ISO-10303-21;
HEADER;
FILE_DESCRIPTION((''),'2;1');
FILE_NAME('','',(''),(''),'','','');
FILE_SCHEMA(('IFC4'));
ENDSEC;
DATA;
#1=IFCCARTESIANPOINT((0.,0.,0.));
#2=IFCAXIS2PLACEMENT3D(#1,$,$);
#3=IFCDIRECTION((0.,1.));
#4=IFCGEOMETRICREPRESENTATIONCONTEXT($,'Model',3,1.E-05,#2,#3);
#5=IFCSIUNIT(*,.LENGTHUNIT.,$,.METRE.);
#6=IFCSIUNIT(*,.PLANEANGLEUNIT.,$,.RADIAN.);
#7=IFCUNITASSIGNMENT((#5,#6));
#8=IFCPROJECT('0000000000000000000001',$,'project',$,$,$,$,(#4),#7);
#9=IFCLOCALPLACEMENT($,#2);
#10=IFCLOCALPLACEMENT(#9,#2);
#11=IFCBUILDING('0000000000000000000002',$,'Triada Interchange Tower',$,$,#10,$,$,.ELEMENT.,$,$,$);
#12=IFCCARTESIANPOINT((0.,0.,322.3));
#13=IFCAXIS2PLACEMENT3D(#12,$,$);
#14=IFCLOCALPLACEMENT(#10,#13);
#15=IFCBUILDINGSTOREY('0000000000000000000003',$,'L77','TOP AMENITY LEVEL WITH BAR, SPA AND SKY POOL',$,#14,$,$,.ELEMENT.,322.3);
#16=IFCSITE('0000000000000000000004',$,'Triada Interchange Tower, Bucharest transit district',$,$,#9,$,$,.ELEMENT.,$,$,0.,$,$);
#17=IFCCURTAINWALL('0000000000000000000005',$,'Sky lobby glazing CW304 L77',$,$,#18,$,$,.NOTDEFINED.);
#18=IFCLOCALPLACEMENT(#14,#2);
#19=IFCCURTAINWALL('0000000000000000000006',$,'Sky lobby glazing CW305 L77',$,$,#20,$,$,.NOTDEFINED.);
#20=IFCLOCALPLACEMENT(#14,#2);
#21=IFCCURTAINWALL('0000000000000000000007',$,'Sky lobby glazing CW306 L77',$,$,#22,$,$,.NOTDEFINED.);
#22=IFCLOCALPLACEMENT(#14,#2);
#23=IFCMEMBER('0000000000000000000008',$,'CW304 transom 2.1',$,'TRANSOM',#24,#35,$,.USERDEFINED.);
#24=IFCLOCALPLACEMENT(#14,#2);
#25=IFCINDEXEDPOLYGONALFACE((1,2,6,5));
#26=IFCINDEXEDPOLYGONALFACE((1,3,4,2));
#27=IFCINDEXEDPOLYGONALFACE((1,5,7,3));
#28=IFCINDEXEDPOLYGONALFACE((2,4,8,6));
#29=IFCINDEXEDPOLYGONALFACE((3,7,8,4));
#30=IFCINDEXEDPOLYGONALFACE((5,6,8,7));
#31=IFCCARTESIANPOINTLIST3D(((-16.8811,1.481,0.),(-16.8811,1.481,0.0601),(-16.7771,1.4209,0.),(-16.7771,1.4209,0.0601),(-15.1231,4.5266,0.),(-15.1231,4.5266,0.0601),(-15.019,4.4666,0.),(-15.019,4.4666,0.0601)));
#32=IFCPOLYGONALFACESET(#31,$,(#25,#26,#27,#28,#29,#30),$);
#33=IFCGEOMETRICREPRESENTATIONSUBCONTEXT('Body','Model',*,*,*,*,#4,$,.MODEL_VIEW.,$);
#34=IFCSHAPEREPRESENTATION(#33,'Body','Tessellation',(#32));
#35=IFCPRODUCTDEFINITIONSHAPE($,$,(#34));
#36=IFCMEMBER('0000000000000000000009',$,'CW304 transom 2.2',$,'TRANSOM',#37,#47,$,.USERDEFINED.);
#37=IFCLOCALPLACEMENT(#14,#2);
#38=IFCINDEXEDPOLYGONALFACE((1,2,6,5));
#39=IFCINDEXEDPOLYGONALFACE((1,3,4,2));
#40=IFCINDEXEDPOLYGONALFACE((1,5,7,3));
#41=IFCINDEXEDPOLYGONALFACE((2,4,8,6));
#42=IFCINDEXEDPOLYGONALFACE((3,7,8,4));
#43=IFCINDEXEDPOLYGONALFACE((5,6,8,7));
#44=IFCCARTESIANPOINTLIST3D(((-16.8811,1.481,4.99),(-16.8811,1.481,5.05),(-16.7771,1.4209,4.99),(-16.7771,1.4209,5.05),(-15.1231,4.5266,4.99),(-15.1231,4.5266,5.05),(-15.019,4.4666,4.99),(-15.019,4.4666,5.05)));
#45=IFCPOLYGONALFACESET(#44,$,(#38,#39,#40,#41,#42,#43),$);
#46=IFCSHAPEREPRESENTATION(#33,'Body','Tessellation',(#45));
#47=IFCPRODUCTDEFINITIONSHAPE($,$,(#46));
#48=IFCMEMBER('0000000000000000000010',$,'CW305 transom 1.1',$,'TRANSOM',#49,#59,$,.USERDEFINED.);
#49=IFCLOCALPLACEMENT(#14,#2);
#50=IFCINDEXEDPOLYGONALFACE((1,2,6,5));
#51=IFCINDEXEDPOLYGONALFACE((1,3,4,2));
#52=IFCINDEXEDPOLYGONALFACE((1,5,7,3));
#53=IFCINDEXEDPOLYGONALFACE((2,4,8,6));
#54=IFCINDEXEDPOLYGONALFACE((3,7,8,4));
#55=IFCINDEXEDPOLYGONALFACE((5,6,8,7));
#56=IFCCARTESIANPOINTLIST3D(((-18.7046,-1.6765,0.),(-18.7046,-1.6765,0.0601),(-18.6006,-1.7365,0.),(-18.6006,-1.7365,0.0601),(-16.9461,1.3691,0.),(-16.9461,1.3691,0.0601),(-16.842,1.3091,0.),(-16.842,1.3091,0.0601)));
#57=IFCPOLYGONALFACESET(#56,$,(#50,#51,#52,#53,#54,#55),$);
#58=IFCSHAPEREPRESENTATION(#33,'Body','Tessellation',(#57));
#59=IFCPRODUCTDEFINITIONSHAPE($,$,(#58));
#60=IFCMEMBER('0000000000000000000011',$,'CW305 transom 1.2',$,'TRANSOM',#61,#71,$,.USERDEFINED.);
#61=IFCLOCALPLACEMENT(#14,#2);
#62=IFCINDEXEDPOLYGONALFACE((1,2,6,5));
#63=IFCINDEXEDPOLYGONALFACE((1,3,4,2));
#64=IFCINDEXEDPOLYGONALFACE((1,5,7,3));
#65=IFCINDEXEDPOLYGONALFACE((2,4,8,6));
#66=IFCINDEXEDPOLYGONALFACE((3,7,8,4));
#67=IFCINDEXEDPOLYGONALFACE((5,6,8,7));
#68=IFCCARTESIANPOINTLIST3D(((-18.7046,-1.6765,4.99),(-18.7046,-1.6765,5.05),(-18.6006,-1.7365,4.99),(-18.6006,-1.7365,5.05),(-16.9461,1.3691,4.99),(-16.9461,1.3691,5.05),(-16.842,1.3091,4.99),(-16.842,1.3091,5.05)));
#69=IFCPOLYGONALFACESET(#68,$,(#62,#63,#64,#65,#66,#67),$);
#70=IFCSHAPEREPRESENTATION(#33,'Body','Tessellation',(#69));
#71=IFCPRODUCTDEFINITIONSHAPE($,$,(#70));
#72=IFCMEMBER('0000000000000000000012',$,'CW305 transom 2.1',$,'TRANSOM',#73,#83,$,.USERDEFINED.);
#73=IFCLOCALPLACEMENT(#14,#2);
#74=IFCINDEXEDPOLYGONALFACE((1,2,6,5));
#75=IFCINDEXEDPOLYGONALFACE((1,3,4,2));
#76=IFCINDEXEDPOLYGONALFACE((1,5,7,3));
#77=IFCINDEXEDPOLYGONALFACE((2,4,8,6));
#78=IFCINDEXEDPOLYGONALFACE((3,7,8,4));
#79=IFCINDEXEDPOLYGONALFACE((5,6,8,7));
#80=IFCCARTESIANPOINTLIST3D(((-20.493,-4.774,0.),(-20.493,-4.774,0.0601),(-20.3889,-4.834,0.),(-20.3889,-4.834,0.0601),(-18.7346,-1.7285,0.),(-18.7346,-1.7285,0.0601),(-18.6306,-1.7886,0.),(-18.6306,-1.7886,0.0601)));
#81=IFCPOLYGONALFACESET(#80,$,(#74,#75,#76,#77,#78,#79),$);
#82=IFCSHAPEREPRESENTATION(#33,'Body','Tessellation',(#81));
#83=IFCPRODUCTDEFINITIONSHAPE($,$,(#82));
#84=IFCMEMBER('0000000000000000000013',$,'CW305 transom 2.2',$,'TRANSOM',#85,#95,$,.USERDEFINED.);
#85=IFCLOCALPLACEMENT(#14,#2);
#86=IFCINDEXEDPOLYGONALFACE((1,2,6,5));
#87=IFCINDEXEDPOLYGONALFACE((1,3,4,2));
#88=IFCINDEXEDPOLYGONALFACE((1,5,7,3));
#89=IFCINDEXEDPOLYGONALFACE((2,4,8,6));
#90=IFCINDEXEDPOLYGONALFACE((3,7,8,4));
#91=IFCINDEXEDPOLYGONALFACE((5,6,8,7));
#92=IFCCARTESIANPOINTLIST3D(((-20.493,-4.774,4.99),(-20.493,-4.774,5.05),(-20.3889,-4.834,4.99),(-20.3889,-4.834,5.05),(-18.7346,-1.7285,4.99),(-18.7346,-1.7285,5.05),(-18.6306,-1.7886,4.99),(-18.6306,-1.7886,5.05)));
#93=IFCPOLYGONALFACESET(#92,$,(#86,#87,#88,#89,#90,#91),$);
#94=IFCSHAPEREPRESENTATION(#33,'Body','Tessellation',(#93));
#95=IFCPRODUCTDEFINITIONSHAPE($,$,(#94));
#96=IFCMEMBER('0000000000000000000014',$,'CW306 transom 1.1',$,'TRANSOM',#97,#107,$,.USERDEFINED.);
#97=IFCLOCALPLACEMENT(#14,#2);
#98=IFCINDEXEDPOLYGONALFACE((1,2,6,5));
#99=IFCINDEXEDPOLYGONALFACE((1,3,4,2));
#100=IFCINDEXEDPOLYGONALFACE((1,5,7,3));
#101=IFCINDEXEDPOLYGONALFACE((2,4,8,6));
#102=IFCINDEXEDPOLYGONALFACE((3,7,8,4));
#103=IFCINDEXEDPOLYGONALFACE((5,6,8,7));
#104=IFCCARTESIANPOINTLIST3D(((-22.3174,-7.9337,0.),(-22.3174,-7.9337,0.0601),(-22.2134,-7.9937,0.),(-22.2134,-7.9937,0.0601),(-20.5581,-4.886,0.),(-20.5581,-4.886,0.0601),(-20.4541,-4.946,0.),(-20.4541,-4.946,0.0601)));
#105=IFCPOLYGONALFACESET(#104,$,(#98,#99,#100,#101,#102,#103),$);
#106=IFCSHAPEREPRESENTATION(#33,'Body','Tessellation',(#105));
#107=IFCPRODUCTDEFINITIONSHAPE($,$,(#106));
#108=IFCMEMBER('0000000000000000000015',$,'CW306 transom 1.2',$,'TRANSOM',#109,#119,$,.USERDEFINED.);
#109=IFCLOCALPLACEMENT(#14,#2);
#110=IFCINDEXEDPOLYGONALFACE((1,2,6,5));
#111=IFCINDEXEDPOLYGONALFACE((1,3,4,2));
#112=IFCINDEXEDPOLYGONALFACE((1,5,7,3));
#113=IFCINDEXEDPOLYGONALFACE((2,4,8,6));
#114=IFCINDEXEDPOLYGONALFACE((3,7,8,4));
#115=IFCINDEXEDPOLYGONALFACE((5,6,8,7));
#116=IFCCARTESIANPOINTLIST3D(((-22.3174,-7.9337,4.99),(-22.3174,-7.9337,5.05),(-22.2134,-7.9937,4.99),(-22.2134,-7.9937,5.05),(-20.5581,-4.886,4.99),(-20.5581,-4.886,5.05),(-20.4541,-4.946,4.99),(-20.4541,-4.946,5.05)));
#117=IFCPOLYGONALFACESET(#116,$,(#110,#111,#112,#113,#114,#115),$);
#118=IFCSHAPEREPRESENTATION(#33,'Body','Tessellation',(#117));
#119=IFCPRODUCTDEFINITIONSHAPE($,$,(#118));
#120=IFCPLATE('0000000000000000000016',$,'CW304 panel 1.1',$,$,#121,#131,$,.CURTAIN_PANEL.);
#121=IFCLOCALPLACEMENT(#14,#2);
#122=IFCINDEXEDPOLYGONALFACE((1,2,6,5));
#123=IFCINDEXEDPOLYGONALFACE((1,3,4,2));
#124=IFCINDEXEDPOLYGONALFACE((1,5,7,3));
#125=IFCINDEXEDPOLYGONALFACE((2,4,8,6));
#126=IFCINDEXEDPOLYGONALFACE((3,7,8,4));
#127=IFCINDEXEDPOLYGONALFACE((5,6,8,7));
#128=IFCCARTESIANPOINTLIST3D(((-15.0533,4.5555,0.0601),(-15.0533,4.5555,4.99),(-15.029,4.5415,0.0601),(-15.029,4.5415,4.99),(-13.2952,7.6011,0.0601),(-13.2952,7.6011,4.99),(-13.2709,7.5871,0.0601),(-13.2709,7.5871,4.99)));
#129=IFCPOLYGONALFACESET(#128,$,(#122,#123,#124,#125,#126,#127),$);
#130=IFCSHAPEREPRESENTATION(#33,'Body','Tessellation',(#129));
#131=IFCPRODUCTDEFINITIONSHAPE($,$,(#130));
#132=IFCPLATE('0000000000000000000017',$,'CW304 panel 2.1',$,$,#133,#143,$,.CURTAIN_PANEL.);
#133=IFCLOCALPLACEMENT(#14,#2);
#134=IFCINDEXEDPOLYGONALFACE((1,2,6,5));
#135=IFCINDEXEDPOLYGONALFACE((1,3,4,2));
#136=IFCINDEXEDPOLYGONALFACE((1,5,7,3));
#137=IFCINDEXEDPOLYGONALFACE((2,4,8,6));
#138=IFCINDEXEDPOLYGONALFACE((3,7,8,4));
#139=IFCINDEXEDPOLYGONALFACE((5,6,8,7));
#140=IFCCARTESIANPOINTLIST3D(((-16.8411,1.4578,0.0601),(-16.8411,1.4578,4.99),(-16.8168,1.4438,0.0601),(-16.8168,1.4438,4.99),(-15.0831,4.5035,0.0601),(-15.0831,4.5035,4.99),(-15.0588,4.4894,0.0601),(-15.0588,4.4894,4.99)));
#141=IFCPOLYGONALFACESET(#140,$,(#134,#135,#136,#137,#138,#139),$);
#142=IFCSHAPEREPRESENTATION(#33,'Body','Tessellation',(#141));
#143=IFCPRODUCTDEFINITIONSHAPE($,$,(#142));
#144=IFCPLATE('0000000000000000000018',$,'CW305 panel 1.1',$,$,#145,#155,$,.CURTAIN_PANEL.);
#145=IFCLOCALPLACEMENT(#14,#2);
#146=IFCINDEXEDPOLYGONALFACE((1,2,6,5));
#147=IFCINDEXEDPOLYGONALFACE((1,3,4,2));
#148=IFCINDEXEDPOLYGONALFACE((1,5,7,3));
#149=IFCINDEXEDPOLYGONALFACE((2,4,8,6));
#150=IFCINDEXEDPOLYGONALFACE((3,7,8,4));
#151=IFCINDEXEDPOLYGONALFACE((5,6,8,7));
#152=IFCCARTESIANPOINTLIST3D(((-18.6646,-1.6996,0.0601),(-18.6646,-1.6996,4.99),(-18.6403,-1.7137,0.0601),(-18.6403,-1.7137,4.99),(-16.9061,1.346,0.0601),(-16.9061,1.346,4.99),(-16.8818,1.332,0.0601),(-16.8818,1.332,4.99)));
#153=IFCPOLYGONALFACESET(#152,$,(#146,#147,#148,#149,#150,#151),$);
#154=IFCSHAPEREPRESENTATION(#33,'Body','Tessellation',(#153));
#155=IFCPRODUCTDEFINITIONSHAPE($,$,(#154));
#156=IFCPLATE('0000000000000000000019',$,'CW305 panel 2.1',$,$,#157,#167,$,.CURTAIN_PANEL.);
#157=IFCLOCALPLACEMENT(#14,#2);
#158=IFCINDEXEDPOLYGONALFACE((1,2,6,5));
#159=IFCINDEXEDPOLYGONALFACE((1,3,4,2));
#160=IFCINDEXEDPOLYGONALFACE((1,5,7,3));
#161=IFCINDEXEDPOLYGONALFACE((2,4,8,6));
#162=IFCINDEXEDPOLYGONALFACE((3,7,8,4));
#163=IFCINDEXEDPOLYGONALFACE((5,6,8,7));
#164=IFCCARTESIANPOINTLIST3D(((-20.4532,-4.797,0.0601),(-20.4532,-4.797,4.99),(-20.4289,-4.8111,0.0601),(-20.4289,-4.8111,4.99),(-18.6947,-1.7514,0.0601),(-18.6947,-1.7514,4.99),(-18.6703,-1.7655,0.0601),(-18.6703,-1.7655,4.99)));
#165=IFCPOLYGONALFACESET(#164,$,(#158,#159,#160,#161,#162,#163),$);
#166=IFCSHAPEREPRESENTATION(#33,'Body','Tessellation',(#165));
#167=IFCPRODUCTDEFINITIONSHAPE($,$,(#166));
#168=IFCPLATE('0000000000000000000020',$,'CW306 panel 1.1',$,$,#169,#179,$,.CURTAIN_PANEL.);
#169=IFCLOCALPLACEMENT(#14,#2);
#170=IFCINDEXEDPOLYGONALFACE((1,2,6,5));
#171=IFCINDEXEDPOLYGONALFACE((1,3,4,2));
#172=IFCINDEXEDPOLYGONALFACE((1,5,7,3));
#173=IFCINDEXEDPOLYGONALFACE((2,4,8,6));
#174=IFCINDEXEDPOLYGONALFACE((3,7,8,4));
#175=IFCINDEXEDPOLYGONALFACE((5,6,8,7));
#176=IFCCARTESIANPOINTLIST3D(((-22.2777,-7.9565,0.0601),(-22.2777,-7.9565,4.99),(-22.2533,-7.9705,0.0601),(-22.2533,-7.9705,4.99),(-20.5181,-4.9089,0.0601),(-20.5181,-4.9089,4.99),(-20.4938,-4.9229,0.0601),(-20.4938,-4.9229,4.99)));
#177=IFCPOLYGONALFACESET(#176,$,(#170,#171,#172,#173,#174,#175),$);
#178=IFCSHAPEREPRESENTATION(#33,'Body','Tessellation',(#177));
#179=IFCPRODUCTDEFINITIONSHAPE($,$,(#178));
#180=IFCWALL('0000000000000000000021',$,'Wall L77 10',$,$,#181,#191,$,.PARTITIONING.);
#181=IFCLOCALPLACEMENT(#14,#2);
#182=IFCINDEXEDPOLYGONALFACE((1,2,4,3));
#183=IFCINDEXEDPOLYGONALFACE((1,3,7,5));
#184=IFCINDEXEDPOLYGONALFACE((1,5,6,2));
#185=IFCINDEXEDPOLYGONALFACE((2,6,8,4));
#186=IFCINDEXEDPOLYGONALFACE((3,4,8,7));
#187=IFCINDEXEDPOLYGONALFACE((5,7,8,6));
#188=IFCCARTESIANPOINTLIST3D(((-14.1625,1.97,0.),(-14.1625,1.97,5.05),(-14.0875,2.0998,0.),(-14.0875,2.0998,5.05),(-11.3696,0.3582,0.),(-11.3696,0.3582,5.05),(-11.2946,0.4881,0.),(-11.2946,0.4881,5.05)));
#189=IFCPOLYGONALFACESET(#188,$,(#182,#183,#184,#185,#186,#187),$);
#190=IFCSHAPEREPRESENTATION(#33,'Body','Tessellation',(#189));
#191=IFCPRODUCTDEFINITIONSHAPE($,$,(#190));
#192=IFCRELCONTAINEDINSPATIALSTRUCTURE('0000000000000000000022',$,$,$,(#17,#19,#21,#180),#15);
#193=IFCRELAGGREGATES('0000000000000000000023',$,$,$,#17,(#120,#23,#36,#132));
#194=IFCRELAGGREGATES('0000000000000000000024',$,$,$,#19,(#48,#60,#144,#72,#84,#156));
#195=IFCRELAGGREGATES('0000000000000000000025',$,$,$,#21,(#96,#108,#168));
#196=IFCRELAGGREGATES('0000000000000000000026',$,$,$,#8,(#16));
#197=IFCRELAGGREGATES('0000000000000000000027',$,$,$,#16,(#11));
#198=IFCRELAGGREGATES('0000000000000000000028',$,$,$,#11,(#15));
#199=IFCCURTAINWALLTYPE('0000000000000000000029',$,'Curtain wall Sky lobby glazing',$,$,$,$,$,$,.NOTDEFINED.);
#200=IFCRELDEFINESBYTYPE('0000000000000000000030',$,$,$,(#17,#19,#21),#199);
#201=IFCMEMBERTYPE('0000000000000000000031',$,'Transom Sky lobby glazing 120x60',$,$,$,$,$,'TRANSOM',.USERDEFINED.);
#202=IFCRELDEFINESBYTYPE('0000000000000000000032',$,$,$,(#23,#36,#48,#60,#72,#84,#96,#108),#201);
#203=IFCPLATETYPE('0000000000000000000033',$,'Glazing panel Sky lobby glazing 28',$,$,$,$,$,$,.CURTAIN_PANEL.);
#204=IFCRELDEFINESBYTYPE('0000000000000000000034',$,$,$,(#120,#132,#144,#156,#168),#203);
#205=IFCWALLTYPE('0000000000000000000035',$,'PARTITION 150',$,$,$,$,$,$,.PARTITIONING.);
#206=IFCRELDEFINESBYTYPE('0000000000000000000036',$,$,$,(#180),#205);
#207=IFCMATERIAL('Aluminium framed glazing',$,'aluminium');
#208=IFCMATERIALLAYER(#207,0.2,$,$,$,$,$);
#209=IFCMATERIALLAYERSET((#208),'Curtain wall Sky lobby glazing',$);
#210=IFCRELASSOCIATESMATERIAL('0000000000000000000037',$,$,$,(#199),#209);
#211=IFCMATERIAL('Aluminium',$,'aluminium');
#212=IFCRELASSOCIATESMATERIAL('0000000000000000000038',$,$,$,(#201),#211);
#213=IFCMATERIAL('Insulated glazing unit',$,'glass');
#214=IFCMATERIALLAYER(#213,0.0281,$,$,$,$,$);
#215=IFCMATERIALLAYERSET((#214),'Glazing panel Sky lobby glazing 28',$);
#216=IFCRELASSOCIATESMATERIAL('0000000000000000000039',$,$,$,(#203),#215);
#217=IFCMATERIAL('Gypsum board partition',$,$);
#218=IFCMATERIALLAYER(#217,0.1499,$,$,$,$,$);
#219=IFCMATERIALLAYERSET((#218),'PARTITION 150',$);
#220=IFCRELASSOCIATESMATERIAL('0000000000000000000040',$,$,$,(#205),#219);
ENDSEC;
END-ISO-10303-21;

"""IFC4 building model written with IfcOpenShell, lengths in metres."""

from ifc_helpers import new_model, si_unit, direction, frame, frame_2d, origin, origin_2d, place, context, subcontext, project, spatial, rectangle, extrude, material, layer, layer_set, material_profile, profile_set, type_object, element, aggregate, save


model = new_model("IFC4")

# Units and contexts
model_context = context("Model", 3, precision=1e-05, world=origin(), true_north=direction((0.0, 1.0)))
body_context = subcontext(model_context, "Body", "Model", "MODEL_VIEW")
ifc_project = project(units=[si_unit("LENGTHUNIT", "METRE"), si_unit("PLANEANGLEUNIT", "RADIAN")], contexts=[model_context])

# Site, building, storey
site_placement = place(None, origin())
site = spatial("IfcSite", under=ifc_project, at=site_placement, Name="Triada Interchange Tower, Bucharest transit district", CompositionType="ELEMENT", RefElevation=0.0)
building_placement = place(site_placement, origin())
building = spatial("IfcBuilding", under=site, at=building_placement, Name="Triada Interchange Tower", CompositionType="ELEMENT")
storey_placement = place(building_placement, frame((0.0, 0.0, 322.3)))
storey = spatial("IfcBuildingStorey", under=building, at=storey_placement, Name="L77", Description="TOP AMENITY LEVEL WITH BAR, SPA AND SKY POOL", CompositionType="ELEMENT", Elevation=322.3)

# Curtain walls
ifc_material_1 = material(Name="Aluminium framed glazing", Category="aluminium")
ifc_layer_1 = layer(ifc_material_1, 0.2)
ifc_layer_set_1 = layer_set([ifc_layer_1], Name="Curtain wall Sky lobby glazing")
curtain_wall_type = type_object("IfcCurtainWallType", Name="Curtain wall Sky lobby glazing", PredefinedType="NOTDEFINED", material=ifc_layer_set_1)
curtain_wall_1_placement = place(storey_placement, origin())
curtain_wall_1 = element("IfcCurtainWall", 1, at=curtain_wall_1_placement, inside=storey, type_object=curtain_wall_type, Name="Sky lobby glazing CW304 L77", PredefinedType="NOTDEFINED")
ifc_material_2 = material(Name="Aluminium", Category="aluminium")
curtain_wall_2_placement = place(storey_placement, origin())
curtain_wall_2 = element("IfcCurtainWall", 2, at=curtain_wall_2_placement, inside=storey, type_object=curtain_wall_type, Name="Sky lobby glazing CW305 L77", PredefinedType="NOTDEFINED")

# Curtain wall
curtain_wall_3_placement = place(storey_placement, origin())
curtain_wall_3 = element("IfcCurtainWall", 3, at=curtain_wall_3_placement, inside=storey, type_object=curtain_wall_type, Name="Sky lobby glazing CW306 L77", PredefinedType="NOTDEFINED")

# Members
ifc_material_profile_1 = material_profile(ifc_material_2, rectangle(XDim=0.1201, YDim=0.0601, at=origin_2d()), Name="Aluminium transom")
ifc_profile_set_1 = profile_set([ifc_material_profile_1], Name="Aluminium")
member_type_1 = type_object("IfcMemberType", Name="Transom Sky lobby glazing 120x60", ElementType="TRANSOM", PredefinedType="USERDEFINED", material=ifc_profile_set_1)
member_1_placement = place(storey_placement, frame((-15.071, 4.4966, 0.03), z_axis=(-0.499925, -0.866069, 0.0), x_axis=(0.866069, -0.499925, 0.0)))
member_1 = element("IfcMember", 4, at=member_1_placement, type_object=member_type_1, Name="CW304 transom 2.1", ObjectType="TRANSOM", PredefinedType="USERDEFINED", context=body_context, shape_type="SweptSolid", body=[
    extrude(rectangle(XDim=0.1201, YDim=0.0601, at=origin_2d()), origin(), (0.0, 0.0, 1.0), 3.5166),
])
member_2_placement = place(storey_placement, frame((-15.071, 4.4966, 5.02), z_axis=(-0.499925, -0.866069, 0.0), x_axis=(0.866069, -0.499925, 0.0)))
member_2 = element("IfcMember", 5, at=member_2_placement, type_object=member_type_1, Name="CW304 transom 2.2", ObjectType="TRANSOM", PredefinedType="USERDEFINED", context=body_context, shape_type="SweptSolid", body=[
    extrude(rectangle(XDim=0.1201, YDim=0.0601, at=origin_2d()), origin(), (0.0, 0.0, 1.0), 3.5166),
])
member_3_placement = place(storey_placement, frame((-16.894, 1.3391, 0.03), z_axis=(-0.500029, -0.866009, 0.0), x_axis=(0.866009, -0.500029, 0.0)))
member_3 = element("IfcMember", 6, at=member_3_placement, type_object=member_type_1, Name="CW305 transom 1.1", ObjectType="TRANSOM", PredefinedType="USERDEFINED", context=body_context, shape_type="SweptSolid", body=[
    extrude(rectangle(XDim=0.1201, YDim=0.0601, at=origin_2d()), origin(), (0.0, 0.0, 1.0), 3.5168),
])
member_4_placement = place(storey_placement, frame((-16.894, 1.3391, 5.02), z_axis=(-0.500029, -0.866009, 0.0), x_axis=(0.866009, -0.500029, 0.0)))
member_4 = element("IfcMember", 7, at=member_4_placement, type_object=member_type_1, Name="CW305 transom 1.2", ObjectType="TRANSOM", PredefinedType="USERDEFINED", context=body_context, shape_type="SweptSolid", body=[
    extrude(rectangle(XDim=0.1201, YDim=0.0601, at=origin_2d()), origin(), (0.0, 0.0, 1.0), 3.5168),
])
member_5_placement = place(storey_placement, frame((-18.6826, -1.7585, 0.03), z_axis=(-0.500007, -0.866021, 0.0), x_axis=(0.866021, -0.500007, 0.0)))
member_5 = element("IfcMember", 8, at=member_5_placement, type_object=member_type_1, Name="CW305 transom 2.1", ObjectType="TRANSOM", PredefinedType="USERDEFINED", context=body_context, shape_type="SweptSolid", body=[
    extrude(rectangle(XDim=0.1201, YDim=0.0601, at=origin_2d()), origin(), (0.0, 0.0, 1.0), 3.5166),
])
member_6_placement = place(storey_placement, frame((-18.6826, -1.7585, 5.02), z_axis=(-0.500007, -0.866021, 0.0), x_axis=(0.866021, -0.500007, 0.0)))
member_6 = element("IfcMember", 9, at=member_6_placement, type_object=member_type_1, Name="CW305 transom 2.2", ObjectType="TRANSOM", PredefinedType="USERDEFINED", context=body_context, shape_type="SweptSolid", body=[
    extrude(rectangle(XDim=0.1201, YDim=0.0601, at=origin_2d()), origin(), (0.0, 0.0, 1.0), 3.5166),
])
member_7_placement = place(storey_placement, frame((-20.5061, -4.916, 0.03), z_axis=(-0.499945, -0.866057, 0.0), x_axis=(0.866057, -0.499945, 0.0)))
member_7 = element("IfcMember", 10, at=member_7_placement, type_object=member_type_1, Name="CW306 transom 1.1", ObjectType="TRANSOM", PredefinedType="USERDEFINED", context=body_context, shape_type="SweptSolid", body=[
    extrude(rectangle(XDim=0.1201, YDim=0.0601, at=origin_2d()), origin(), (0.0, 0.0, 1.0), 3.519),
])
member_8_placement = place(storey_placement, frame((-20.5061, -4.916, 5.02), z_axis=(-0.499945, -0.866057, 0.0), x_axis=(0.866057, -0.499945, 0.0)))
member_8 = element("IfcMember", 11, at=member_8_placement, type_object=member_type_1, Name="CW306 transom 1.2", ObjectType="TRANSOM", PredefinedType="USERDEFINED", context=body_context, shape_type="SweptSolid", body=[
    extrude(rectangle(XDim=0.1201, YDim=0.0601, at=origin_2d()), origin(), (0.0, 0.0, 1.0), 3.519),
])

# Plates
ifc_material_3 = material(Name="Insulated glazing unit", Category="glass")
ifc_layer_2 = layer(ifc_material_3, 0.0281)
ifc_layer_set_2 = layer_set([ifc_layer_2], Name="Glazing panel Sky lobby glazing 28")
plate_type = type_object("IfcPlateType", Name="Glazing panel Sky lobby glazing 28", PredefinedType="CURTAIN_PANEL", material=ifc_layer_set_2)
plate_1_placement = place(storey_placement, frame((-14.1621, 6.0713, 0.0601), z_axis=(0.0, 0.0, 1.0), x_axis=(-0.499926, -0.866068, 0.0)))
plate_1 = element("IfcPlate", 12, at=plate_1_placement, type_object=plate_type, Name="CW304 panel 1.1", PredefinedType="CURTAIN_PANEL", context=body_context, shape_type="SweptSolid", body=[
    extrude(rectangle(XDim=3.5166, YDim=0.0281, at=origin_2d()), origin(), (0.0, 0.0, 1.0), 4.9299),
])
plate_2_placement = place(storey_placement, frame((-15.95, 2.9736, 0.0601), z_axis=(0.0, 0.0, 1.0), x_axis=(-0.499926, -0.866068, 0.0)))
plate_2 = element("IfcPlate", 13, at=plate_2_placement, type_object=plate_type, Name="CW304 panel 2.1", PredefinedType="CURTAIN_PANEL", context=body_context, shape_type="SweptSolid", body=[
    extrude(rectangle(XDim=3.5166, YDim=0.0281, at=origin_2d()), origin(), (0.0, 0.0, 1.0), 4.9299),
])
aggregate(curtain_wall_1, [plate_1, member_1, member_2, plate_2])
plate_3_placement = place(storey_placement, frame((-17.7732, -0.1838, 0.0601), z_axis=(0.0, 0.0, 1.0), x_axis=(-0.50003, -0.866008, 0.0)))
plate_3 = element("IfcPlate", 14, at=plate_3_placement, type_object=plate_type, Name="CW305 panel 1.1", PredefinedType="CURTAIN_PANEL", context=body_context, shape_type="SweptSolid", body=[
    extrude(rectangle(XDim=3.5168, YDim=0.0281, at=origin_2d()), origin(), (0.0, 0.0, 1.0), 4.9299),
])
plate_4_placement = place(storey_placement, frame((-19.5618, -3.2812, 0.0601), z_axis=(0.0, 0.0, 1.0), x_axis=(-0.50003, -0.866008, 0.0)))
plate_4 = element("IfcPlate", 15, at=plate_4_placement, type_object=plate_type, Name="CW305 panel 2.1", PredefinedType="CURTAIN_PANEL", context=body_context, shape_type="SweptSolid", body=[
    extrude(rectangle(XDim=3.5168, YDim=0.0281, at=origin_2d()), origin(), (0.0, 0.0, 1.0), 4.9299),
])
aggregate(curtain_wall_2, [member_3, member_4, plate_3, member_5, member_6, plate_4])
plate_5_placement = place(storey_placement, frame((-21.3857, -6.4397, 0.0601), z_axis=(0.0, 0.0, 1.0), x_axis=(-0.499998, -0.866026, 0.0)))
plate_5 = element("IfcPlate", 16, at=plate_5_placement, type_object=plate_type, Name="CW306 panel 1.1", PredefinedType="CURTAIN_PANEL", context=body_context, shape_type="SweptSolid", body=[
    extrude(rectangle(XDim=3.519, YDim=0.0281, at=origin_2d()), origin(), (0.0, 0.0, 1.0), 4.9299),
])
aggregate(curtain_wall_3, [member_7, member_8, plate_5])

# Wall
ifc_material_4 = material(Name="Gypsum board partition")
ifc_layer_3 = layer(ifc_material_4, 0.1499)
ifc_layer_set_3 = layer_set([ifc_layer_3], Name="PARTITION 150")
wall_type_1 = type_object("IfcWallType", Name="PARTITION 150", PredefinedType="PARTITIONING", material=ifc_layer_set_3)
for number, where, z_axis, x_axis, name in (
    (17, (-14.125, 2.0349, 0.0), (0.0, 0.0, 1.0), (0.86612, -0.499836, 0.0), "Wall L77 10"),
):
    element("IfcWall", number, at=place(storey_placement, frame(where, z_axis=z_axis, x_axis=x_axis)), inside=storey, type_object=wall_type_1, Name=name, PredefinedType="PARTITIONING", context=body_context, shape_type="SweptSolid", body=[
        extrude(rectangle(XDim=3.2246, YDim=0.1499, at=frame_2d((1.6123, 0.0))), origin(), (0.0, 0.0, 1.0), 5.05),
    ])

save(model, "model.ifc")
